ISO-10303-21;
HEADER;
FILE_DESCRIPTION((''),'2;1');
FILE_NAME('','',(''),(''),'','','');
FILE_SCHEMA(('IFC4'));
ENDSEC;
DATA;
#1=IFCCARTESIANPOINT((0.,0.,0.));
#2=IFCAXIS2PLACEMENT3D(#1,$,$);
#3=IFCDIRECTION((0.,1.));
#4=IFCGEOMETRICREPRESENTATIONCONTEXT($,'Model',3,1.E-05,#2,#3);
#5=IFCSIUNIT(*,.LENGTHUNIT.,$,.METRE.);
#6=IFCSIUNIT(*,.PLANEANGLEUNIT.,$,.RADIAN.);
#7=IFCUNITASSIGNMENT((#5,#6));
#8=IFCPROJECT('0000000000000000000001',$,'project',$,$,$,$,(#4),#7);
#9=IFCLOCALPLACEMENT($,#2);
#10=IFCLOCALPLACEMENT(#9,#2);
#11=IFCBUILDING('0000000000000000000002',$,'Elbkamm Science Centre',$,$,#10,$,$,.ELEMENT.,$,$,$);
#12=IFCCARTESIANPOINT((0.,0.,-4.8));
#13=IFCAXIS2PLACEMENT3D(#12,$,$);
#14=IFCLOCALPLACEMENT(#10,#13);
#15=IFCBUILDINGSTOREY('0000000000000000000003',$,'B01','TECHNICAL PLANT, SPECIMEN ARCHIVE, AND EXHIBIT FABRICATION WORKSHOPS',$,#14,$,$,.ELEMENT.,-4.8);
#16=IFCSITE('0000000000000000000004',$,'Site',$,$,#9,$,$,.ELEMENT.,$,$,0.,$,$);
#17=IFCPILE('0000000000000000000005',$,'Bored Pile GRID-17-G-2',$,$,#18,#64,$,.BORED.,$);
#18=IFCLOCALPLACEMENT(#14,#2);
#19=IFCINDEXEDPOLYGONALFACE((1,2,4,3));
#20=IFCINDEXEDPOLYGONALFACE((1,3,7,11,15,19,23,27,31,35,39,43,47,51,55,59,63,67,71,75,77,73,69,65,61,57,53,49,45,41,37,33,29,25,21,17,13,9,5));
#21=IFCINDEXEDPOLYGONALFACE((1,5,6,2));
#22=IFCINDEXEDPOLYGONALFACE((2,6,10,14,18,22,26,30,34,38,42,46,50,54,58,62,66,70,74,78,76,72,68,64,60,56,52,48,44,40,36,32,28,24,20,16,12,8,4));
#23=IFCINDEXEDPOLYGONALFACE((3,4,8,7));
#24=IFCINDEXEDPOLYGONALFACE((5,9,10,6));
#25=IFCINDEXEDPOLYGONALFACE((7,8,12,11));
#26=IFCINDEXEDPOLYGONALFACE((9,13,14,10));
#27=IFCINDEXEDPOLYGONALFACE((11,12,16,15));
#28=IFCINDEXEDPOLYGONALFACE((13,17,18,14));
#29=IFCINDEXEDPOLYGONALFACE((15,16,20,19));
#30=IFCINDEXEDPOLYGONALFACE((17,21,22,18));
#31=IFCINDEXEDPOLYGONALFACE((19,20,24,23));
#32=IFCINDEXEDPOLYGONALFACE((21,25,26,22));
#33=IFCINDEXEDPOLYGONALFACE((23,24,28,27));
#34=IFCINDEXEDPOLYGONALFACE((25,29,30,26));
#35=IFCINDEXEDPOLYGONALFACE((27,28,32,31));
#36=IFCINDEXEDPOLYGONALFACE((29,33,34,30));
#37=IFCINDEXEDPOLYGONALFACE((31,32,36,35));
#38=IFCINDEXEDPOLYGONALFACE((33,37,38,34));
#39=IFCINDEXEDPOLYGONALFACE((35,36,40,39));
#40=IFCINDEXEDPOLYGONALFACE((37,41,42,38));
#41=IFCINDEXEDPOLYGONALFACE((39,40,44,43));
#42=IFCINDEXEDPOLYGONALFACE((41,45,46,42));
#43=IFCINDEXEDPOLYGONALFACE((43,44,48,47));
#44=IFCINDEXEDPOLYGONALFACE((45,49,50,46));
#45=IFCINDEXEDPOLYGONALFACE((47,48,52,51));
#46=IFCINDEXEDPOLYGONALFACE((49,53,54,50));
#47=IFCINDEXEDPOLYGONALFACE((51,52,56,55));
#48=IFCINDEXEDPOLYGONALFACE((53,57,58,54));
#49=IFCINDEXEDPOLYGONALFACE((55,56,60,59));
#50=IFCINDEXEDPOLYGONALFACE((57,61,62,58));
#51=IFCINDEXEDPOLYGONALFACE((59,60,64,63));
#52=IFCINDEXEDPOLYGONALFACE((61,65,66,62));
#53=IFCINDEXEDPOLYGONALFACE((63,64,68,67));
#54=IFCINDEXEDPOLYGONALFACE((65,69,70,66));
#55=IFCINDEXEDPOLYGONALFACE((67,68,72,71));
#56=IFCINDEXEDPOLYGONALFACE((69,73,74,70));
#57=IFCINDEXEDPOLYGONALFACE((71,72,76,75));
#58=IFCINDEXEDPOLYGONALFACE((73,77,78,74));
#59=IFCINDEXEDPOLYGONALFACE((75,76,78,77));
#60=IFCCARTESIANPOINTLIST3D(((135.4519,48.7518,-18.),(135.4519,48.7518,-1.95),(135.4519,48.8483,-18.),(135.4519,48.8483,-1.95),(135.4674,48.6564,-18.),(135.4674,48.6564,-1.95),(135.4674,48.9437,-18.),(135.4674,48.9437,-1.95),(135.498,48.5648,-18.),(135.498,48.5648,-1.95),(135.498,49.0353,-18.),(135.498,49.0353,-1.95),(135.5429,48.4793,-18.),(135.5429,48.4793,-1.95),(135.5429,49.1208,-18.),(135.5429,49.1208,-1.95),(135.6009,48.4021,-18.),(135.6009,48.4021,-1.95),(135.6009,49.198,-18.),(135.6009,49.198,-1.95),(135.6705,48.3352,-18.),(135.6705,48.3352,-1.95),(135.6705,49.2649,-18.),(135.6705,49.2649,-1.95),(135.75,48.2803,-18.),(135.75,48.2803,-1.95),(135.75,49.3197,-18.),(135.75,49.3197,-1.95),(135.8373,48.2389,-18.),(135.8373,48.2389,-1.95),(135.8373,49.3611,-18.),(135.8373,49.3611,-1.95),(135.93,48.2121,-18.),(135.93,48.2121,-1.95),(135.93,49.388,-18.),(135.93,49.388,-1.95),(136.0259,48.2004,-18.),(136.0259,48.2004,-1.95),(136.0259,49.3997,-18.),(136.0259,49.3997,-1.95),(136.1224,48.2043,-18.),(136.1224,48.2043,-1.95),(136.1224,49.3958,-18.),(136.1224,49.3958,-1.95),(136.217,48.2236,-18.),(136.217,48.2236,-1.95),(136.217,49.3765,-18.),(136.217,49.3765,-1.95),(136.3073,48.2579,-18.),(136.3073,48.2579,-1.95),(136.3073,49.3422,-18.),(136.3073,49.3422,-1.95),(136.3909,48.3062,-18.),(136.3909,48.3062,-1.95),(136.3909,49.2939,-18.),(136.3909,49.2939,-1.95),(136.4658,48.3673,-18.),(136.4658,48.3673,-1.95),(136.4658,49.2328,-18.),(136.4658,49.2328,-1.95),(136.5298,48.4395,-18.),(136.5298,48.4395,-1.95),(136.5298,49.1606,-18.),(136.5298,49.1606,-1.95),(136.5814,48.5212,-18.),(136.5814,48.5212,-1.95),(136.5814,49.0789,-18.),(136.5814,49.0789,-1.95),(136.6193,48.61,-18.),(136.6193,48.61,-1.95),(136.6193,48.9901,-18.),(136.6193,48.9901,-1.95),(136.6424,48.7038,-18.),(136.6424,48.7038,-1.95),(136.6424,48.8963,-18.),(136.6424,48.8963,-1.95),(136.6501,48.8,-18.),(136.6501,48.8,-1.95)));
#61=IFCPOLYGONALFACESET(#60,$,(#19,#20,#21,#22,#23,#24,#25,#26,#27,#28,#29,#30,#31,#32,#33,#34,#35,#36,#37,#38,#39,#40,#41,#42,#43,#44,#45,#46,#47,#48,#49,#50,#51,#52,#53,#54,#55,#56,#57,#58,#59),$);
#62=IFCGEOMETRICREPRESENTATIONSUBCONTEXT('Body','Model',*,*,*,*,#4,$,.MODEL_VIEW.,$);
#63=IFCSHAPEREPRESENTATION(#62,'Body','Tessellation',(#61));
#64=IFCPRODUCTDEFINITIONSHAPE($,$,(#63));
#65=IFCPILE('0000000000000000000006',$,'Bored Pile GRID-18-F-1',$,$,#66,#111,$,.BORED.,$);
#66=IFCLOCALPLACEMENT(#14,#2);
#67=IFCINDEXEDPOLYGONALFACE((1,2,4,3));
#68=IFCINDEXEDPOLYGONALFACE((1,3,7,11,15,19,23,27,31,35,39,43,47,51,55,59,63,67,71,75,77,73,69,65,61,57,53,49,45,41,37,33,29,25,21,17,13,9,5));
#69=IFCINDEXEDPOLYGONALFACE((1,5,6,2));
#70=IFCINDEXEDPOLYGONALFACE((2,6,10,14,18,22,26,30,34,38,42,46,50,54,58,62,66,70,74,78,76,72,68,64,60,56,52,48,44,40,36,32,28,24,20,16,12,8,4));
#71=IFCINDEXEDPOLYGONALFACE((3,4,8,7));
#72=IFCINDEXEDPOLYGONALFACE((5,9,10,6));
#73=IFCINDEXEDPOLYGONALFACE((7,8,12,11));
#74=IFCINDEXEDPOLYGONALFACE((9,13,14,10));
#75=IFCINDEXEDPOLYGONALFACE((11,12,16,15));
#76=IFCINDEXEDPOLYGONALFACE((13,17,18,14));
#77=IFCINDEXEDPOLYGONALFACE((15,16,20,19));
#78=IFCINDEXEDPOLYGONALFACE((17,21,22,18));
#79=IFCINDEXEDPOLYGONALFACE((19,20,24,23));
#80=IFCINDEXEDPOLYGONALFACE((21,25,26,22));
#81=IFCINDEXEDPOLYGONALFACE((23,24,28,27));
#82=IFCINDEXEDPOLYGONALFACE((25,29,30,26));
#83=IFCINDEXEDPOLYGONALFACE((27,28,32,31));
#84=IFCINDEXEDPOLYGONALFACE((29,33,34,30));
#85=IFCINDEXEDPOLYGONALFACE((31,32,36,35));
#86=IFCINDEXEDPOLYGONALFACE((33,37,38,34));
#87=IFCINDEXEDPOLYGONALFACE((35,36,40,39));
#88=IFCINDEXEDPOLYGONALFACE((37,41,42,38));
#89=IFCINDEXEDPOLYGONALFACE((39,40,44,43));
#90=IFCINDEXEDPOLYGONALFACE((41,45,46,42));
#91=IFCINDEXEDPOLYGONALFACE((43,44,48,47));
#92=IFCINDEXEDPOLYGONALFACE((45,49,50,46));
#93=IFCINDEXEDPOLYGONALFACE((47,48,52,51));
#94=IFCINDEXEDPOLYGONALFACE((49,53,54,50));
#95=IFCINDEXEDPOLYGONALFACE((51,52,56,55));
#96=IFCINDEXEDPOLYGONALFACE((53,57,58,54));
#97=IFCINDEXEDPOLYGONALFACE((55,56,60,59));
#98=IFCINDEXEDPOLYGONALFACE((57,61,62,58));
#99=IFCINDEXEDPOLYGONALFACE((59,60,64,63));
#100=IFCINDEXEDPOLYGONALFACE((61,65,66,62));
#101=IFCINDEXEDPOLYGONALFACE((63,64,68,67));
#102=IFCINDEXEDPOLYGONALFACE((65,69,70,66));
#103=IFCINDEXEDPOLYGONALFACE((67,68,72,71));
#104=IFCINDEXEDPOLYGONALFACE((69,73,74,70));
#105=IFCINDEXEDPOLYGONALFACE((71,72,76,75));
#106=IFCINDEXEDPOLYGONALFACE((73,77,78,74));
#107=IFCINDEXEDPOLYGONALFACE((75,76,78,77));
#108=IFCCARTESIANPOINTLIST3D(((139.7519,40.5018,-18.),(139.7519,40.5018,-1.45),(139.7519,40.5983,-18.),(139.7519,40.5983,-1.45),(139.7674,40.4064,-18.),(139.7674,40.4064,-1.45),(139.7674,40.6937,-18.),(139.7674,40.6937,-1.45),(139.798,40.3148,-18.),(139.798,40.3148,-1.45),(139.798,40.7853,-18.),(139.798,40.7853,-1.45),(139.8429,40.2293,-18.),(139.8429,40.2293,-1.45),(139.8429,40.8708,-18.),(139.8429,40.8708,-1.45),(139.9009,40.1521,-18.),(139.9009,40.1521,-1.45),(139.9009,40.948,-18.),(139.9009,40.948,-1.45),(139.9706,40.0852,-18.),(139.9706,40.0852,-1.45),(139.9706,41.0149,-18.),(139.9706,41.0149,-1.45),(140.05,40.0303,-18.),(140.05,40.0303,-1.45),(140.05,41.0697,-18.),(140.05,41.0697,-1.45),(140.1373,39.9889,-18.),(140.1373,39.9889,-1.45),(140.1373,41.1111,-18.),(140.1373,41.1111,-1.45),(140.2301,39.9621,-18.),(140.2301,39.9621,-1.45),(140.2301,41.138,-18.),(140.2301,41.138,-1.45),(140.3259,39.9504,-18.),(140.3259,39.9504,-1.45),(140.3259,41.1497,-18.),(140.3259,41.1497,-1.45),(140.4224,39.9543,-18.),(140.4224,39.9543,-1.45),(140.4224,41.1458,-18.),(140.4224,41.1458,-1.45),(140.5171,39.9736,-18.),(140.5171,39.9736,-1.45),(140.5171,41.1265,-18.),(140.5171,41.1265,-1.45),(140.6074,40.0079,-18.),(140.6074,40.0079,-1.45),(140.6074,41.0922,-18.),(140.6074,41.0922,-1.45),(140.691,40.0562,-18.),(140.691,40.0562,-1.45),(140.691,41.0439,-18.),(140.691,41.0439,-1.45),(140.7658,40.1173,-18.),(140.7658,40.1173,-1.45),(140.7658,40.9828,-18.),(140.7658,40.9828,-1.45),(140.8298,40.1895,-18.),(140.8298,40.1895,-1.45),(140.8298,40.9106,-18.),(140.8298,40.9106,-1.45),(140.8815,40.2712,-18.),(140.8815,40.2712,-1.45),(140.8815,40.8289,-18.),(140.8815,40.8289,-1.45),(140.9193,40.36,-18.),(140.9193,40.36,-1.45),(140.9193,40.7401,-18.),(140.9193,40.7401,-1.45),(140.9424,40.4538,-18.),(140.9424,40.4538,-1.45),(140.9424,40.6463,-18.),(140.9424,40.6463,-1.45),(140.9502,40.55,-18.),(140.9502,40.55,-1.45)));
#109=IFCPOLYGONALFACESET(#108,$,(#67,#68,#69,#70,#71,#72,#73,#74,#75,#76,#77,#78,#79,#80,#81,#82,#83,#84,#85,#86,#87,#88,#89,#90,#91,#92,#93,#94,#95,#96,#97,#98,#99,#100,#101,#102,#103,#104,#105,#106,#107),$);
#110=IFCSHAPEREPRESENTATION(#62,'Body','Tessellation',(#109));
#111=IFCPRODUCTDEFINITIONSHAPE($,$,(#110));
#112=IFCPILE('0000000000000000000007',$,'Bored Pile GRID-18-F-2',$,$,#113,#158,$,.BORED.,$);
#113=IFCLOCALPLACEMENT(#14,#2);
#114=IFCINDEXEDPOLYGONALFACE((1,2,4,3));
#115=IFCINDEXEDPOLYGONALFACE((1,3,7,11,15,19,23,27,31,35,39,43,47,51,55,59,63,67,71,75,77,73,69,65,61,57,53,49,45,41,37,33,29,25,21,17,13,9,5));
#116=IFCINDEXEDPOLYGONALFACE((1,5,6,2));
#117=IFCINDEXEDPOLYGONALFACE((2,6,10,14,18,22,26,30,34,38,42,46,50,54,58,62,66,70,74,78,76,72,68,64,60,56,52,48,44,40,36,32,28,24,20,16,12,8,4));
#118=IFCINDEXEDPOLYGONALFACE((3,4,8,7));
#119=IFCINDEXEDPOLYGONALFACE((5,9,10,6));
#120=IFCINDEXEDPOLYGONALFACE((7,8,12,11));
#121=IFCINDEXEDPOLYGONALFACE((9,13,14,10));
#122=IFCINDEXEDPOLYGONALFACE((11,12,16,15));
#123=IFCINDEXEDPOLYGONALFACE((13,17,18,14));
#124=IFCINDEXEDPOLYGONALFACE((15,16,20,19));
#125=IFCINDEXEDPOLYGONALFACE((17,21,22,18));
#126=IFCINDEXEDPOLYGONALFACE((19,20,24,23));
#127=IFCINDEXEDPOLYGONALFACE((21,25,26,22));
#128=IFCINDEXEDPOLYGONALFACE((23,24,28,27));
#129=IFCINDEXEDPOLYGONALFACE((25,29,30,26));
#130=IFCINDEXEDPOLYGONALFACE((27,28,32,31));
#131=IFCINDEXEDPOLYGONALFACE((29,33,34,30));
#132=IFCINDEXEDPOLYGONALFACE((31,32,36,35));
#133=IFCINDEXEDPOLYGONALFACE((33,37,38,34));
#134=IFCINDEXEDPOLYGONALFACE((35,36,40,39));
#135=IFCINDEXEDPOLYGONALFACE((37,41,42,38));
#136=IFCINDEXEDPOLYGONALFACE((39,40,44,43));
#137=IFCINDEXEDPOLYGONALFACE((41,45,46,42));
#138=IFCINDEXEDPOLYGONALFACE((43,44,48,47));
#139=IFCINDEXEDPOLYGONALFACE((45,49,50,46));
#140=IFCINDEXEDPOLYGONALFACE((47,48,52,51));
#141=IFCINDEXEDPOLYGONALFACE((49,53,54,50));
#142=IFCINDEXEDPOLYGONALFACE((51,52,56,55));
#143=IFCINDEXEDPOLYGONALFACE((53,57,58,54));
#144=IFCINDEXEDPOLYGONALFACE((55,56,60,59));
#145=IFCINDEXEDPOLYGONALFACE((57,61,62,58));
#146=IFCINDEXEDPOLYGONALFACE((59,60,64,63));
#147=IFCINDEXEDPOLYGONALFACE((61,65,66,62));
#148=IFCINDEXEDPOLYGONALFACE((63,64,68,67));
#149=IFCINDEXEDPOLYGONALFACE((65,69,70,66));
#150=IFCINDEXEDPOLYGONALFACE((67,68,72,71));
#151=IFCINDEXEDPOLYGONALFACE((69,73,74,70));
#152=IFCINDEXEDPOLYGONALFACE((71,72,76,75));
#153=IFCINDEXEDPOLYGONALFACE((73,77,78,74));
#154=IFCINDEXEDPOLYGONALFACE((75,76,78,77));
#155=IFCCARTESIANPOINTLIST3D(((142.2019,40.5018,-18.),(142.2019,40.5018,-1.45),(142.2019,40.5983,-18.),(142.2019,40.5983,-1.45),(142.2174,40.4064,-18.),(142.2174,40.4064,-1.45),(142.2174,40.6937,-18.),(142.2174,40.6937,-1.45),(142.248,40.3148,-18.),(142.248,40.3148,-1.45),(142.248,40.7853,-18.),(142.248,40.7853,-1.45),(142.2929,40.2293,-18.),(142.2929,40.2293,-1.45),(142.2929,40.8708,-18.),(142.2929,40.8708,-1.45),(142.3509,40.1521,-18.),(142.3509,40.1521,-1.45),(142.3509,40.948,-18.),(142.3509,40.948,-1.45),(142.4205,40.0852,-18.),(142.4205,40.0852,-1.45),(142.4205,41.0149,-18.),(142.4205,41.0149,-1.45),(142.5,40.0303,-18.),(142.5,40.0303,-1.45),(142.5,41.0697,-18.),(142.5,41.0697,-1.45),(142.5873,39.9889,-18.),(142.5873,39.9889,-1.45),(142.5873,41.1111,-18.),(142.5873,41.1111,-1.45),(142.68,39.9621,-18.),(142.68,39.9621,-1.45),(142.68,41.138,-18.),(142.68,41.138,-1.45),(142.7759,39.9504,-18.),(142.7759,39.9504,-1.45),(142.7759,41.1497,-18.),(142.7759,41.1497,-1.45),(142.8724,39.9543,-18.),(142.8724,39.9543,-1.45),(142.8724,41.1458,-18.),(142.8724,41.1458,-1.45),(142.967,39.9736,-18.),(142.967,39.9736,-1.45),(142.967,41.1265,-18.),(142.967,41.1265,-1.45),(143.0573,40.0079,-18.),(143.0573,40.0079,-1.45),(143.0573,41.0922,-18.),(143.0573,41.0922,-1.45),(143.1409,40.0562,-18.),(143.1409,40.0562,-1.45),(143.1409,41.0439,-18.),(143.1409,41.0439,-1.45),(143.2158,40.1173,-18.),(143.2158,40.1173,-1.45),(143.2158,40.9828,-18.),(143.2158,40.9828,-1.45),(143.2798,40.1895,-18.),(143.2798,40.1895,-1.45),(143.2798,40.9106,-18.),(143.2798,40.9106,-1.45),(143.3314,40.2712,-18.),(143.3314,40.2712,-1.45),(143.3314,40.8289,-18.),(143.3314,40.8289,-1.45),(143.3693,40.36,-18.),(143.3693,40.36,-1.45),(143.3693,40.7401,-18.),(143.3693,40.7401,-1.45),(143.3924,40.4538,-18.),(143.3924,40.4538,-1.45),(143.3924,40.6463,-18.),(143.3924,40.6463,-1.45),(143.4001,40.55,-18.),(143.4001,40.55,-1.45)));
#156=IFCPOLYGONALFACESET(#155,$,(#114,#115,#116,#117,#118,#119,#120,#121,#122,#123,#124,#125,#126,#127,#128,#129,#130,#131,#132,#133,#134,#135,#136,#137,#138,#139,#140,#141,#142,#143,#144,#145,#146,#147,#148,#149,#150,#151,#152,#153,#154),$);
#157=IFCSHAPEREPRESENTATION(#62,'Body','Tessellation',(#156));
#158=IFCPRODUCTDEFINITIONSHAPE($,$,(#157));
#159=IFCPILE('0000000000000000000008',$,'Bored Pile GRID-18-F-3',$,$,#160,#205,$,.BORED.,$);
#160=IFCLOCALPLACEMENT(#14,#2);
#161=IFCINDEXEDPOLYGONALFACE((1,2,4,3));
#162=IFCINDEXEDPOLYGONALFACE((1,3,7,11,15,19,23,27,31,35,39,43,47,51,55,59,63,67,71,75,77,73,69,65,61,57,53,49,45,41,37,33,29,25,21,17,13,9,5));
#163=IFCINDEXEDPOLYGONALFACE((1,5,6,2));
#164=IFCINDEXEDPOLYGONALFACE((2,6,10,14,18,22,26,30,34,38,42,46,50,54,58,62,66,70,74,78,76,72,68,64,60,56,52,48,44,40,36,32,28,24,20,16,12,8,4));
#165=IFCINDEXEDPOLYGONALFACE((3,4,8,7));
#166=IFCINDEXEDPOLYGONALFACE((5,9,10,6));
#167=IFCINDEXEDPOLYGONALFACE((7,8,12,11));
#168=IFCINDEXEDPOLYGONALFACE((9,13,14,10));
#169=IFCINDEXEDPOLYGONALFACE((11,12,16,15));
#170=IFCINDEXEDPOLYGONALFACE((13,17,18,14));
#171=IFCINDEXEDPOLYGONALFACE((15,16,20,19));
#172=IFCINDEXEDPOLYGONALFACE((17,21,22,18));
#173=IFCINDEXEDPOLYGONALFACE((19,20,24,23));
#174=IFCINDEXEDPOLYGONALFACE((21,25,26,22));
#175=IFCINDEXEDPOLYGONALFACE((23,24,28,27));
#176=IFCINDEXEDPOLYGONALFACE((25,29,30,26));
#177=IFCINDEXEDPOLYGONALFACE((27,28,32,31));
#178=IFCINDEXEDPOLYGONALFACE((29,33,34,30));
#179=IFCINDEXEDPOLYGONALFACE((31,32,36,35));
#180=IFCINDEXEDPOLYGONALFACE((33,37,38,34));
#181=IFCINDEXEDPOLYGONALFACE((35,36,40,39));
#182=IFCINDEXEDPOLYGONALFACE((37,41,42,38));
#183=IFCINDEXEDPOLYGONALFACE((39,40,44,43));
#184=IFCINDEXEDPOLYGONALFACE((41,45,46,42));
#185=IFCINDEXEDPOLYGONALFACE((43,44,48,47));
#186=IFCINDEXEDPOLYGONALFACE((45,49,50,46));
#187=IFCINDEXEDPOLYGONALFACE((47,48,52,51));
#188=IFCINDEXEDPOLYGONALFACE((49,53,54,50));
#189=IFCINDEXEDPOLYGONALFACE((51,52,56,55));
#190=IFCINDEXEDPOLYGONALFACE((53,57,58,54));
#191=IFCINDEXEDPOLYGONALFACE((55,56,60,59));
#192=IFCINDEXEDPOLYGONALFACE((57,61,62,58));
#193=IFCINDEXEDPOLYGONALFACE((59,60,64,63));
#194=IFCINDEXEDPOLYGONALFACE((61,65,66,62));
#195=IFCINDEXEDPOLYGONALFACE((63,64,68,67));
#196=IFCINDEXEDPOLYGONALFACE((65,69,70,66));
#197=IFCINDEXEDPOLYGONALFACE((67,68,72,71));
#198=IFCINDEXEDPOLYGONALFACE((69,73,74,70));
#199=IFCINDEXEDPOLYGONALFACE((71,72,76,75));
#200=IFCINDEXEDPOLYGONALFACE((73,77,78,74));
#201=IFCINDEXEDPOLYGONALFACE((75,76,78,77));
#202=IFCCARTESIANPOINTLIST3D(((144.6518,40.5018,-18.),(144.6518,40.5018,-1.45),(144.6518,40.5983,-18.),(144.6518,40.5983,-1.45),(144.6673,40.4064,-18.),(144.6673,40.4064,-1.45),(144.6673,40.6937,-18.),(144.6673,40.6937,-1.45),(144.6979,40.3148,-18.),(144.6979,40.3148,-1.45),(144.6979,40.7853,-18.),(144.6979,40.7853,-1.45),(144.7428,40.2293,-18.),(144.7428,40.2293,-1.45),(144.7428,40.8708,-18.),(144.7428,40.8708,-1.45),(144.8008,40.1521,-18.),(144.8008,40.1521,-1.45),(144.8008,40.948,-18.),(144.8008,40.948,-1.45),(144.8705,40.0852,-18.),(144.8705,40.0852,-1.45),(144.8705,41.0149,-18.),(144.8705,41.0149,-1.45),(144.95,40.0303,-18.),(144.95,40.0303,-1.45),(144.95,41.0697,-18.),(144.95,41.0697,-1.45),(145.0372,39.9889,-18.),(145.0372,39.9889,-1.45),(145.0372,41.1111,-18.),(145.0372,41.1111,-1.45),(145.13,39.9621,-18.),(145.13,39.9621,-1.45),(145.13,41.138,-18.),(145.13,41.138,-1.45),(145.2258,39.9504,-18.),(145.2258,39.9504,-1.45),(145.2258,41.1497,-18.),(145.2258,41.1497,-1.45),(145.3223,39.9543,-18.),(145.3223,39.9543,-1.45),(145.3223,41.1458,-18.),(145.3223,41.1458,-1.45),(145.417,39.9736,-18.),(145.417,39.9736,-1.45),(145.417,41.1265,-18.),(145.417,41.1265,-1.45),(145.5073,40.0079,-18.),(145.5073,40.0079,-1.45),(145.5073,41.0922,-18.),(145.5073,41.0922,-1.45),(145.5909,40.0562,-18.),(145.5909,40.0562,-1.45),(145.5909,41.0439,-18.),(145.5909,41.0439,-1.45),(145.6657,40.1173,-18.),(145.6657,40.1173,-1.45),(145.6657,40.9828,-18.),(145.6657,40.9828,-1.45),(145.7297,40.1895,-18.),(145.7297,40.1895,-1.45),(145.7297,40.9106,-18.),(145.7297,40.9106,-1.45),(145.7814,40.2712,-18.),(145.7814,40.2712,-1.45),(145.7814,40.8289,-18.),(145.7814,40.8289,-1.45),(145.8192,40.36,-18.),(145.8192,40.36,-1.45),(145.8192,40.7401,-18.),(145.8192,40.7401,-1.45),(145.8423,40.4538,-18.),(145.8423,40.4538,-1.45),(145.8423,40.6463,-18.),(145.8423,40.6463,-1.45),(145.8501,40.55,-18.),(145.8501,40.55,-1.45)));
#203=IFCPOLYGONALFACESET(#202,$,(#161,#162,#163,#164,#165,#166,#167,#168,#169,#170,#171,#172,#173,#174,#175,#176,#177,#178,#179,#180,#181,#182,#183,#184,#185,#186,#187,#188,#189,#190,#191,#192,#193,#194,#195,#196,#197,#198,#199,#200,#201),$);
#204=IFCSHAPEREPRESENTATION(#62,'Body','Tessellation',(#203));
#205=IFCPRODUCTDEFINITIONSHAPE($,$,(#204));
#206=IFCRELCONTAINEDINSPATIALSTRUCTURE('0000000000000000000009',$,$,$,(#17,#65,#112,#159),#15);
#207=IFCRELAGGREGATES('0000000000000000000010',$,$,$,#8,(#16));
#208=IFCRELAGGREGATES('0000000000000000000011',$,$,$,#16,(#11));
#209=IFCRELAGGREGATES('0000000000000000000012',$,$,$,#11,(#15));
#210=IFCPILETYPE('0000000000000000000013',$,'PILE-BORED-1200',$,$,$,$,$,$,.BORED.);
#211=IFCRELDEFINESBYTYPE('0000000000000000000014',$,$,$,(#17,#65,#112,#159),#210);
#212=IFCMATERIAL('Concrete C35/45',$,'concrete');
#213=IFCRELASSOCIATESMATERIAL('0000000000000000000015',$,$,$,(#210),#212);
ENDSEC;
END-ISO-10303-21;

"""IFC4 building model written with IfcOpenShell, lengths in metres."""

from ifc_helpers import new_model, si_unit, direction, frame, origin, origin_2d, place, context, subcontext, project, spatial, circle, extrude, material, material_profile, profile_set, type_object, element, save


model = new_model("IFC4")

# Units and contexts
model_context = context("Model", 3, precision=1e-05, world=origin(), true_north=direction((0.0, 1.0)))
body_context = subcontext(model_context, "Body", "Model", "MODEL_VIEW")
ifc_project = project(units=[si_unit("LENGTHUNIT", "METRE"), si_unit("PLANEANGLEUNIT", "RADIAN")], contexts=[model_context])

# Site, building, storey
site_placement = place(None, origin())
site = spatial("IfcSite", under=ifc_project, at=site_placement, Name="Site", CompositionType="ELEMENT", RefElevation=0.0)
building_placement = place(site_placement, origin())
building = spatial("IfcBuilding", under=site, at=building_placement, Name="Elbkamm Science Centre", CompositionType="ELEMENT")
storey_placement = place(building_placement, frame((0.0, 0.0, -4.8)))
storey = spatial("IfcBuildingStorey", under=building, at=storey_placement, Name="B01", Description="TECHNICAL PLANT, SPECIMEN ARCHIVE, AND EXHIBIT FABRICATION WORKSHOPS", CompositionType="ELEMENT", Elevation=-4.8)

# Shared definitions
ifc_material_1 = material(Name="Concrete C35/45", Category="concrete")

# Piles
ifc_material_profile_1 = material_profile(ifc_material_1, circle(Radius=0.6001, at=origin_2d()), Name="PILE D1200")
ifc_profile_set_1 = profile_set([ifc_material_profile_1], Name="Concrete C35/45")
pile_type_1 = type_object("IfcPileType", Name="PILE-BORED-1200", PredefinedType="BORED", material=ifc_profile_set_1)
pile_1_placement = place(storey_placement, frame((136.05, 48.8, -1.95), z_axis=(0.0, 0.0, -1.0), x_axis=(1.0, 0.0, 0.0)))
element("IfcPile", 1, at=pile_1_placement, inside=storey, type_object=pile_type_1, Name="Bored Pile GRID-17-G-2", PredefinedType="BORED", context=body_context, shape_type="SweptSolid", body=[
    extrude(circle(Radius=0.6001, at=origin_2d()), origin(), (0.0, 0.0, 1.0), 16.05),
])
for number, where, z_axis, x_axis, name in (
    (2, (140.3501, 40.55, -1.45), (0.0, 0.0, -1.0), (1.0, 0.0, 0.0), "Bored Pile GRID-18-F-1"),
    (3, (142.8, 40.55, -1.45), (0.0, 0.0, -1.0), (1.0, 0.0, 0.0), "Bored Pile GRID-18-F-2"),
    (4, (145.25, 40.55, -1.45), (0.0, 0.0, -1.0), (1.0, 0.0, 0.0), "Bored Pile GRID-18-F-3"),
):
    element("IfcPile", number, at=place(storey_placement, frame(where, z_axis=z_axis, x_axis=x_axis)), inside=storey, type_object=pile_type_1, Name=name, PredefinedType="BORED", context=body_context, shape_type="SweptSolid", body=[
        extrude(circle(Radius=0.6001, at=origin_2d()), origin(), (0.0, 0.0, 1.0), 16.55),
    ])

save(model, "model.ifc")
